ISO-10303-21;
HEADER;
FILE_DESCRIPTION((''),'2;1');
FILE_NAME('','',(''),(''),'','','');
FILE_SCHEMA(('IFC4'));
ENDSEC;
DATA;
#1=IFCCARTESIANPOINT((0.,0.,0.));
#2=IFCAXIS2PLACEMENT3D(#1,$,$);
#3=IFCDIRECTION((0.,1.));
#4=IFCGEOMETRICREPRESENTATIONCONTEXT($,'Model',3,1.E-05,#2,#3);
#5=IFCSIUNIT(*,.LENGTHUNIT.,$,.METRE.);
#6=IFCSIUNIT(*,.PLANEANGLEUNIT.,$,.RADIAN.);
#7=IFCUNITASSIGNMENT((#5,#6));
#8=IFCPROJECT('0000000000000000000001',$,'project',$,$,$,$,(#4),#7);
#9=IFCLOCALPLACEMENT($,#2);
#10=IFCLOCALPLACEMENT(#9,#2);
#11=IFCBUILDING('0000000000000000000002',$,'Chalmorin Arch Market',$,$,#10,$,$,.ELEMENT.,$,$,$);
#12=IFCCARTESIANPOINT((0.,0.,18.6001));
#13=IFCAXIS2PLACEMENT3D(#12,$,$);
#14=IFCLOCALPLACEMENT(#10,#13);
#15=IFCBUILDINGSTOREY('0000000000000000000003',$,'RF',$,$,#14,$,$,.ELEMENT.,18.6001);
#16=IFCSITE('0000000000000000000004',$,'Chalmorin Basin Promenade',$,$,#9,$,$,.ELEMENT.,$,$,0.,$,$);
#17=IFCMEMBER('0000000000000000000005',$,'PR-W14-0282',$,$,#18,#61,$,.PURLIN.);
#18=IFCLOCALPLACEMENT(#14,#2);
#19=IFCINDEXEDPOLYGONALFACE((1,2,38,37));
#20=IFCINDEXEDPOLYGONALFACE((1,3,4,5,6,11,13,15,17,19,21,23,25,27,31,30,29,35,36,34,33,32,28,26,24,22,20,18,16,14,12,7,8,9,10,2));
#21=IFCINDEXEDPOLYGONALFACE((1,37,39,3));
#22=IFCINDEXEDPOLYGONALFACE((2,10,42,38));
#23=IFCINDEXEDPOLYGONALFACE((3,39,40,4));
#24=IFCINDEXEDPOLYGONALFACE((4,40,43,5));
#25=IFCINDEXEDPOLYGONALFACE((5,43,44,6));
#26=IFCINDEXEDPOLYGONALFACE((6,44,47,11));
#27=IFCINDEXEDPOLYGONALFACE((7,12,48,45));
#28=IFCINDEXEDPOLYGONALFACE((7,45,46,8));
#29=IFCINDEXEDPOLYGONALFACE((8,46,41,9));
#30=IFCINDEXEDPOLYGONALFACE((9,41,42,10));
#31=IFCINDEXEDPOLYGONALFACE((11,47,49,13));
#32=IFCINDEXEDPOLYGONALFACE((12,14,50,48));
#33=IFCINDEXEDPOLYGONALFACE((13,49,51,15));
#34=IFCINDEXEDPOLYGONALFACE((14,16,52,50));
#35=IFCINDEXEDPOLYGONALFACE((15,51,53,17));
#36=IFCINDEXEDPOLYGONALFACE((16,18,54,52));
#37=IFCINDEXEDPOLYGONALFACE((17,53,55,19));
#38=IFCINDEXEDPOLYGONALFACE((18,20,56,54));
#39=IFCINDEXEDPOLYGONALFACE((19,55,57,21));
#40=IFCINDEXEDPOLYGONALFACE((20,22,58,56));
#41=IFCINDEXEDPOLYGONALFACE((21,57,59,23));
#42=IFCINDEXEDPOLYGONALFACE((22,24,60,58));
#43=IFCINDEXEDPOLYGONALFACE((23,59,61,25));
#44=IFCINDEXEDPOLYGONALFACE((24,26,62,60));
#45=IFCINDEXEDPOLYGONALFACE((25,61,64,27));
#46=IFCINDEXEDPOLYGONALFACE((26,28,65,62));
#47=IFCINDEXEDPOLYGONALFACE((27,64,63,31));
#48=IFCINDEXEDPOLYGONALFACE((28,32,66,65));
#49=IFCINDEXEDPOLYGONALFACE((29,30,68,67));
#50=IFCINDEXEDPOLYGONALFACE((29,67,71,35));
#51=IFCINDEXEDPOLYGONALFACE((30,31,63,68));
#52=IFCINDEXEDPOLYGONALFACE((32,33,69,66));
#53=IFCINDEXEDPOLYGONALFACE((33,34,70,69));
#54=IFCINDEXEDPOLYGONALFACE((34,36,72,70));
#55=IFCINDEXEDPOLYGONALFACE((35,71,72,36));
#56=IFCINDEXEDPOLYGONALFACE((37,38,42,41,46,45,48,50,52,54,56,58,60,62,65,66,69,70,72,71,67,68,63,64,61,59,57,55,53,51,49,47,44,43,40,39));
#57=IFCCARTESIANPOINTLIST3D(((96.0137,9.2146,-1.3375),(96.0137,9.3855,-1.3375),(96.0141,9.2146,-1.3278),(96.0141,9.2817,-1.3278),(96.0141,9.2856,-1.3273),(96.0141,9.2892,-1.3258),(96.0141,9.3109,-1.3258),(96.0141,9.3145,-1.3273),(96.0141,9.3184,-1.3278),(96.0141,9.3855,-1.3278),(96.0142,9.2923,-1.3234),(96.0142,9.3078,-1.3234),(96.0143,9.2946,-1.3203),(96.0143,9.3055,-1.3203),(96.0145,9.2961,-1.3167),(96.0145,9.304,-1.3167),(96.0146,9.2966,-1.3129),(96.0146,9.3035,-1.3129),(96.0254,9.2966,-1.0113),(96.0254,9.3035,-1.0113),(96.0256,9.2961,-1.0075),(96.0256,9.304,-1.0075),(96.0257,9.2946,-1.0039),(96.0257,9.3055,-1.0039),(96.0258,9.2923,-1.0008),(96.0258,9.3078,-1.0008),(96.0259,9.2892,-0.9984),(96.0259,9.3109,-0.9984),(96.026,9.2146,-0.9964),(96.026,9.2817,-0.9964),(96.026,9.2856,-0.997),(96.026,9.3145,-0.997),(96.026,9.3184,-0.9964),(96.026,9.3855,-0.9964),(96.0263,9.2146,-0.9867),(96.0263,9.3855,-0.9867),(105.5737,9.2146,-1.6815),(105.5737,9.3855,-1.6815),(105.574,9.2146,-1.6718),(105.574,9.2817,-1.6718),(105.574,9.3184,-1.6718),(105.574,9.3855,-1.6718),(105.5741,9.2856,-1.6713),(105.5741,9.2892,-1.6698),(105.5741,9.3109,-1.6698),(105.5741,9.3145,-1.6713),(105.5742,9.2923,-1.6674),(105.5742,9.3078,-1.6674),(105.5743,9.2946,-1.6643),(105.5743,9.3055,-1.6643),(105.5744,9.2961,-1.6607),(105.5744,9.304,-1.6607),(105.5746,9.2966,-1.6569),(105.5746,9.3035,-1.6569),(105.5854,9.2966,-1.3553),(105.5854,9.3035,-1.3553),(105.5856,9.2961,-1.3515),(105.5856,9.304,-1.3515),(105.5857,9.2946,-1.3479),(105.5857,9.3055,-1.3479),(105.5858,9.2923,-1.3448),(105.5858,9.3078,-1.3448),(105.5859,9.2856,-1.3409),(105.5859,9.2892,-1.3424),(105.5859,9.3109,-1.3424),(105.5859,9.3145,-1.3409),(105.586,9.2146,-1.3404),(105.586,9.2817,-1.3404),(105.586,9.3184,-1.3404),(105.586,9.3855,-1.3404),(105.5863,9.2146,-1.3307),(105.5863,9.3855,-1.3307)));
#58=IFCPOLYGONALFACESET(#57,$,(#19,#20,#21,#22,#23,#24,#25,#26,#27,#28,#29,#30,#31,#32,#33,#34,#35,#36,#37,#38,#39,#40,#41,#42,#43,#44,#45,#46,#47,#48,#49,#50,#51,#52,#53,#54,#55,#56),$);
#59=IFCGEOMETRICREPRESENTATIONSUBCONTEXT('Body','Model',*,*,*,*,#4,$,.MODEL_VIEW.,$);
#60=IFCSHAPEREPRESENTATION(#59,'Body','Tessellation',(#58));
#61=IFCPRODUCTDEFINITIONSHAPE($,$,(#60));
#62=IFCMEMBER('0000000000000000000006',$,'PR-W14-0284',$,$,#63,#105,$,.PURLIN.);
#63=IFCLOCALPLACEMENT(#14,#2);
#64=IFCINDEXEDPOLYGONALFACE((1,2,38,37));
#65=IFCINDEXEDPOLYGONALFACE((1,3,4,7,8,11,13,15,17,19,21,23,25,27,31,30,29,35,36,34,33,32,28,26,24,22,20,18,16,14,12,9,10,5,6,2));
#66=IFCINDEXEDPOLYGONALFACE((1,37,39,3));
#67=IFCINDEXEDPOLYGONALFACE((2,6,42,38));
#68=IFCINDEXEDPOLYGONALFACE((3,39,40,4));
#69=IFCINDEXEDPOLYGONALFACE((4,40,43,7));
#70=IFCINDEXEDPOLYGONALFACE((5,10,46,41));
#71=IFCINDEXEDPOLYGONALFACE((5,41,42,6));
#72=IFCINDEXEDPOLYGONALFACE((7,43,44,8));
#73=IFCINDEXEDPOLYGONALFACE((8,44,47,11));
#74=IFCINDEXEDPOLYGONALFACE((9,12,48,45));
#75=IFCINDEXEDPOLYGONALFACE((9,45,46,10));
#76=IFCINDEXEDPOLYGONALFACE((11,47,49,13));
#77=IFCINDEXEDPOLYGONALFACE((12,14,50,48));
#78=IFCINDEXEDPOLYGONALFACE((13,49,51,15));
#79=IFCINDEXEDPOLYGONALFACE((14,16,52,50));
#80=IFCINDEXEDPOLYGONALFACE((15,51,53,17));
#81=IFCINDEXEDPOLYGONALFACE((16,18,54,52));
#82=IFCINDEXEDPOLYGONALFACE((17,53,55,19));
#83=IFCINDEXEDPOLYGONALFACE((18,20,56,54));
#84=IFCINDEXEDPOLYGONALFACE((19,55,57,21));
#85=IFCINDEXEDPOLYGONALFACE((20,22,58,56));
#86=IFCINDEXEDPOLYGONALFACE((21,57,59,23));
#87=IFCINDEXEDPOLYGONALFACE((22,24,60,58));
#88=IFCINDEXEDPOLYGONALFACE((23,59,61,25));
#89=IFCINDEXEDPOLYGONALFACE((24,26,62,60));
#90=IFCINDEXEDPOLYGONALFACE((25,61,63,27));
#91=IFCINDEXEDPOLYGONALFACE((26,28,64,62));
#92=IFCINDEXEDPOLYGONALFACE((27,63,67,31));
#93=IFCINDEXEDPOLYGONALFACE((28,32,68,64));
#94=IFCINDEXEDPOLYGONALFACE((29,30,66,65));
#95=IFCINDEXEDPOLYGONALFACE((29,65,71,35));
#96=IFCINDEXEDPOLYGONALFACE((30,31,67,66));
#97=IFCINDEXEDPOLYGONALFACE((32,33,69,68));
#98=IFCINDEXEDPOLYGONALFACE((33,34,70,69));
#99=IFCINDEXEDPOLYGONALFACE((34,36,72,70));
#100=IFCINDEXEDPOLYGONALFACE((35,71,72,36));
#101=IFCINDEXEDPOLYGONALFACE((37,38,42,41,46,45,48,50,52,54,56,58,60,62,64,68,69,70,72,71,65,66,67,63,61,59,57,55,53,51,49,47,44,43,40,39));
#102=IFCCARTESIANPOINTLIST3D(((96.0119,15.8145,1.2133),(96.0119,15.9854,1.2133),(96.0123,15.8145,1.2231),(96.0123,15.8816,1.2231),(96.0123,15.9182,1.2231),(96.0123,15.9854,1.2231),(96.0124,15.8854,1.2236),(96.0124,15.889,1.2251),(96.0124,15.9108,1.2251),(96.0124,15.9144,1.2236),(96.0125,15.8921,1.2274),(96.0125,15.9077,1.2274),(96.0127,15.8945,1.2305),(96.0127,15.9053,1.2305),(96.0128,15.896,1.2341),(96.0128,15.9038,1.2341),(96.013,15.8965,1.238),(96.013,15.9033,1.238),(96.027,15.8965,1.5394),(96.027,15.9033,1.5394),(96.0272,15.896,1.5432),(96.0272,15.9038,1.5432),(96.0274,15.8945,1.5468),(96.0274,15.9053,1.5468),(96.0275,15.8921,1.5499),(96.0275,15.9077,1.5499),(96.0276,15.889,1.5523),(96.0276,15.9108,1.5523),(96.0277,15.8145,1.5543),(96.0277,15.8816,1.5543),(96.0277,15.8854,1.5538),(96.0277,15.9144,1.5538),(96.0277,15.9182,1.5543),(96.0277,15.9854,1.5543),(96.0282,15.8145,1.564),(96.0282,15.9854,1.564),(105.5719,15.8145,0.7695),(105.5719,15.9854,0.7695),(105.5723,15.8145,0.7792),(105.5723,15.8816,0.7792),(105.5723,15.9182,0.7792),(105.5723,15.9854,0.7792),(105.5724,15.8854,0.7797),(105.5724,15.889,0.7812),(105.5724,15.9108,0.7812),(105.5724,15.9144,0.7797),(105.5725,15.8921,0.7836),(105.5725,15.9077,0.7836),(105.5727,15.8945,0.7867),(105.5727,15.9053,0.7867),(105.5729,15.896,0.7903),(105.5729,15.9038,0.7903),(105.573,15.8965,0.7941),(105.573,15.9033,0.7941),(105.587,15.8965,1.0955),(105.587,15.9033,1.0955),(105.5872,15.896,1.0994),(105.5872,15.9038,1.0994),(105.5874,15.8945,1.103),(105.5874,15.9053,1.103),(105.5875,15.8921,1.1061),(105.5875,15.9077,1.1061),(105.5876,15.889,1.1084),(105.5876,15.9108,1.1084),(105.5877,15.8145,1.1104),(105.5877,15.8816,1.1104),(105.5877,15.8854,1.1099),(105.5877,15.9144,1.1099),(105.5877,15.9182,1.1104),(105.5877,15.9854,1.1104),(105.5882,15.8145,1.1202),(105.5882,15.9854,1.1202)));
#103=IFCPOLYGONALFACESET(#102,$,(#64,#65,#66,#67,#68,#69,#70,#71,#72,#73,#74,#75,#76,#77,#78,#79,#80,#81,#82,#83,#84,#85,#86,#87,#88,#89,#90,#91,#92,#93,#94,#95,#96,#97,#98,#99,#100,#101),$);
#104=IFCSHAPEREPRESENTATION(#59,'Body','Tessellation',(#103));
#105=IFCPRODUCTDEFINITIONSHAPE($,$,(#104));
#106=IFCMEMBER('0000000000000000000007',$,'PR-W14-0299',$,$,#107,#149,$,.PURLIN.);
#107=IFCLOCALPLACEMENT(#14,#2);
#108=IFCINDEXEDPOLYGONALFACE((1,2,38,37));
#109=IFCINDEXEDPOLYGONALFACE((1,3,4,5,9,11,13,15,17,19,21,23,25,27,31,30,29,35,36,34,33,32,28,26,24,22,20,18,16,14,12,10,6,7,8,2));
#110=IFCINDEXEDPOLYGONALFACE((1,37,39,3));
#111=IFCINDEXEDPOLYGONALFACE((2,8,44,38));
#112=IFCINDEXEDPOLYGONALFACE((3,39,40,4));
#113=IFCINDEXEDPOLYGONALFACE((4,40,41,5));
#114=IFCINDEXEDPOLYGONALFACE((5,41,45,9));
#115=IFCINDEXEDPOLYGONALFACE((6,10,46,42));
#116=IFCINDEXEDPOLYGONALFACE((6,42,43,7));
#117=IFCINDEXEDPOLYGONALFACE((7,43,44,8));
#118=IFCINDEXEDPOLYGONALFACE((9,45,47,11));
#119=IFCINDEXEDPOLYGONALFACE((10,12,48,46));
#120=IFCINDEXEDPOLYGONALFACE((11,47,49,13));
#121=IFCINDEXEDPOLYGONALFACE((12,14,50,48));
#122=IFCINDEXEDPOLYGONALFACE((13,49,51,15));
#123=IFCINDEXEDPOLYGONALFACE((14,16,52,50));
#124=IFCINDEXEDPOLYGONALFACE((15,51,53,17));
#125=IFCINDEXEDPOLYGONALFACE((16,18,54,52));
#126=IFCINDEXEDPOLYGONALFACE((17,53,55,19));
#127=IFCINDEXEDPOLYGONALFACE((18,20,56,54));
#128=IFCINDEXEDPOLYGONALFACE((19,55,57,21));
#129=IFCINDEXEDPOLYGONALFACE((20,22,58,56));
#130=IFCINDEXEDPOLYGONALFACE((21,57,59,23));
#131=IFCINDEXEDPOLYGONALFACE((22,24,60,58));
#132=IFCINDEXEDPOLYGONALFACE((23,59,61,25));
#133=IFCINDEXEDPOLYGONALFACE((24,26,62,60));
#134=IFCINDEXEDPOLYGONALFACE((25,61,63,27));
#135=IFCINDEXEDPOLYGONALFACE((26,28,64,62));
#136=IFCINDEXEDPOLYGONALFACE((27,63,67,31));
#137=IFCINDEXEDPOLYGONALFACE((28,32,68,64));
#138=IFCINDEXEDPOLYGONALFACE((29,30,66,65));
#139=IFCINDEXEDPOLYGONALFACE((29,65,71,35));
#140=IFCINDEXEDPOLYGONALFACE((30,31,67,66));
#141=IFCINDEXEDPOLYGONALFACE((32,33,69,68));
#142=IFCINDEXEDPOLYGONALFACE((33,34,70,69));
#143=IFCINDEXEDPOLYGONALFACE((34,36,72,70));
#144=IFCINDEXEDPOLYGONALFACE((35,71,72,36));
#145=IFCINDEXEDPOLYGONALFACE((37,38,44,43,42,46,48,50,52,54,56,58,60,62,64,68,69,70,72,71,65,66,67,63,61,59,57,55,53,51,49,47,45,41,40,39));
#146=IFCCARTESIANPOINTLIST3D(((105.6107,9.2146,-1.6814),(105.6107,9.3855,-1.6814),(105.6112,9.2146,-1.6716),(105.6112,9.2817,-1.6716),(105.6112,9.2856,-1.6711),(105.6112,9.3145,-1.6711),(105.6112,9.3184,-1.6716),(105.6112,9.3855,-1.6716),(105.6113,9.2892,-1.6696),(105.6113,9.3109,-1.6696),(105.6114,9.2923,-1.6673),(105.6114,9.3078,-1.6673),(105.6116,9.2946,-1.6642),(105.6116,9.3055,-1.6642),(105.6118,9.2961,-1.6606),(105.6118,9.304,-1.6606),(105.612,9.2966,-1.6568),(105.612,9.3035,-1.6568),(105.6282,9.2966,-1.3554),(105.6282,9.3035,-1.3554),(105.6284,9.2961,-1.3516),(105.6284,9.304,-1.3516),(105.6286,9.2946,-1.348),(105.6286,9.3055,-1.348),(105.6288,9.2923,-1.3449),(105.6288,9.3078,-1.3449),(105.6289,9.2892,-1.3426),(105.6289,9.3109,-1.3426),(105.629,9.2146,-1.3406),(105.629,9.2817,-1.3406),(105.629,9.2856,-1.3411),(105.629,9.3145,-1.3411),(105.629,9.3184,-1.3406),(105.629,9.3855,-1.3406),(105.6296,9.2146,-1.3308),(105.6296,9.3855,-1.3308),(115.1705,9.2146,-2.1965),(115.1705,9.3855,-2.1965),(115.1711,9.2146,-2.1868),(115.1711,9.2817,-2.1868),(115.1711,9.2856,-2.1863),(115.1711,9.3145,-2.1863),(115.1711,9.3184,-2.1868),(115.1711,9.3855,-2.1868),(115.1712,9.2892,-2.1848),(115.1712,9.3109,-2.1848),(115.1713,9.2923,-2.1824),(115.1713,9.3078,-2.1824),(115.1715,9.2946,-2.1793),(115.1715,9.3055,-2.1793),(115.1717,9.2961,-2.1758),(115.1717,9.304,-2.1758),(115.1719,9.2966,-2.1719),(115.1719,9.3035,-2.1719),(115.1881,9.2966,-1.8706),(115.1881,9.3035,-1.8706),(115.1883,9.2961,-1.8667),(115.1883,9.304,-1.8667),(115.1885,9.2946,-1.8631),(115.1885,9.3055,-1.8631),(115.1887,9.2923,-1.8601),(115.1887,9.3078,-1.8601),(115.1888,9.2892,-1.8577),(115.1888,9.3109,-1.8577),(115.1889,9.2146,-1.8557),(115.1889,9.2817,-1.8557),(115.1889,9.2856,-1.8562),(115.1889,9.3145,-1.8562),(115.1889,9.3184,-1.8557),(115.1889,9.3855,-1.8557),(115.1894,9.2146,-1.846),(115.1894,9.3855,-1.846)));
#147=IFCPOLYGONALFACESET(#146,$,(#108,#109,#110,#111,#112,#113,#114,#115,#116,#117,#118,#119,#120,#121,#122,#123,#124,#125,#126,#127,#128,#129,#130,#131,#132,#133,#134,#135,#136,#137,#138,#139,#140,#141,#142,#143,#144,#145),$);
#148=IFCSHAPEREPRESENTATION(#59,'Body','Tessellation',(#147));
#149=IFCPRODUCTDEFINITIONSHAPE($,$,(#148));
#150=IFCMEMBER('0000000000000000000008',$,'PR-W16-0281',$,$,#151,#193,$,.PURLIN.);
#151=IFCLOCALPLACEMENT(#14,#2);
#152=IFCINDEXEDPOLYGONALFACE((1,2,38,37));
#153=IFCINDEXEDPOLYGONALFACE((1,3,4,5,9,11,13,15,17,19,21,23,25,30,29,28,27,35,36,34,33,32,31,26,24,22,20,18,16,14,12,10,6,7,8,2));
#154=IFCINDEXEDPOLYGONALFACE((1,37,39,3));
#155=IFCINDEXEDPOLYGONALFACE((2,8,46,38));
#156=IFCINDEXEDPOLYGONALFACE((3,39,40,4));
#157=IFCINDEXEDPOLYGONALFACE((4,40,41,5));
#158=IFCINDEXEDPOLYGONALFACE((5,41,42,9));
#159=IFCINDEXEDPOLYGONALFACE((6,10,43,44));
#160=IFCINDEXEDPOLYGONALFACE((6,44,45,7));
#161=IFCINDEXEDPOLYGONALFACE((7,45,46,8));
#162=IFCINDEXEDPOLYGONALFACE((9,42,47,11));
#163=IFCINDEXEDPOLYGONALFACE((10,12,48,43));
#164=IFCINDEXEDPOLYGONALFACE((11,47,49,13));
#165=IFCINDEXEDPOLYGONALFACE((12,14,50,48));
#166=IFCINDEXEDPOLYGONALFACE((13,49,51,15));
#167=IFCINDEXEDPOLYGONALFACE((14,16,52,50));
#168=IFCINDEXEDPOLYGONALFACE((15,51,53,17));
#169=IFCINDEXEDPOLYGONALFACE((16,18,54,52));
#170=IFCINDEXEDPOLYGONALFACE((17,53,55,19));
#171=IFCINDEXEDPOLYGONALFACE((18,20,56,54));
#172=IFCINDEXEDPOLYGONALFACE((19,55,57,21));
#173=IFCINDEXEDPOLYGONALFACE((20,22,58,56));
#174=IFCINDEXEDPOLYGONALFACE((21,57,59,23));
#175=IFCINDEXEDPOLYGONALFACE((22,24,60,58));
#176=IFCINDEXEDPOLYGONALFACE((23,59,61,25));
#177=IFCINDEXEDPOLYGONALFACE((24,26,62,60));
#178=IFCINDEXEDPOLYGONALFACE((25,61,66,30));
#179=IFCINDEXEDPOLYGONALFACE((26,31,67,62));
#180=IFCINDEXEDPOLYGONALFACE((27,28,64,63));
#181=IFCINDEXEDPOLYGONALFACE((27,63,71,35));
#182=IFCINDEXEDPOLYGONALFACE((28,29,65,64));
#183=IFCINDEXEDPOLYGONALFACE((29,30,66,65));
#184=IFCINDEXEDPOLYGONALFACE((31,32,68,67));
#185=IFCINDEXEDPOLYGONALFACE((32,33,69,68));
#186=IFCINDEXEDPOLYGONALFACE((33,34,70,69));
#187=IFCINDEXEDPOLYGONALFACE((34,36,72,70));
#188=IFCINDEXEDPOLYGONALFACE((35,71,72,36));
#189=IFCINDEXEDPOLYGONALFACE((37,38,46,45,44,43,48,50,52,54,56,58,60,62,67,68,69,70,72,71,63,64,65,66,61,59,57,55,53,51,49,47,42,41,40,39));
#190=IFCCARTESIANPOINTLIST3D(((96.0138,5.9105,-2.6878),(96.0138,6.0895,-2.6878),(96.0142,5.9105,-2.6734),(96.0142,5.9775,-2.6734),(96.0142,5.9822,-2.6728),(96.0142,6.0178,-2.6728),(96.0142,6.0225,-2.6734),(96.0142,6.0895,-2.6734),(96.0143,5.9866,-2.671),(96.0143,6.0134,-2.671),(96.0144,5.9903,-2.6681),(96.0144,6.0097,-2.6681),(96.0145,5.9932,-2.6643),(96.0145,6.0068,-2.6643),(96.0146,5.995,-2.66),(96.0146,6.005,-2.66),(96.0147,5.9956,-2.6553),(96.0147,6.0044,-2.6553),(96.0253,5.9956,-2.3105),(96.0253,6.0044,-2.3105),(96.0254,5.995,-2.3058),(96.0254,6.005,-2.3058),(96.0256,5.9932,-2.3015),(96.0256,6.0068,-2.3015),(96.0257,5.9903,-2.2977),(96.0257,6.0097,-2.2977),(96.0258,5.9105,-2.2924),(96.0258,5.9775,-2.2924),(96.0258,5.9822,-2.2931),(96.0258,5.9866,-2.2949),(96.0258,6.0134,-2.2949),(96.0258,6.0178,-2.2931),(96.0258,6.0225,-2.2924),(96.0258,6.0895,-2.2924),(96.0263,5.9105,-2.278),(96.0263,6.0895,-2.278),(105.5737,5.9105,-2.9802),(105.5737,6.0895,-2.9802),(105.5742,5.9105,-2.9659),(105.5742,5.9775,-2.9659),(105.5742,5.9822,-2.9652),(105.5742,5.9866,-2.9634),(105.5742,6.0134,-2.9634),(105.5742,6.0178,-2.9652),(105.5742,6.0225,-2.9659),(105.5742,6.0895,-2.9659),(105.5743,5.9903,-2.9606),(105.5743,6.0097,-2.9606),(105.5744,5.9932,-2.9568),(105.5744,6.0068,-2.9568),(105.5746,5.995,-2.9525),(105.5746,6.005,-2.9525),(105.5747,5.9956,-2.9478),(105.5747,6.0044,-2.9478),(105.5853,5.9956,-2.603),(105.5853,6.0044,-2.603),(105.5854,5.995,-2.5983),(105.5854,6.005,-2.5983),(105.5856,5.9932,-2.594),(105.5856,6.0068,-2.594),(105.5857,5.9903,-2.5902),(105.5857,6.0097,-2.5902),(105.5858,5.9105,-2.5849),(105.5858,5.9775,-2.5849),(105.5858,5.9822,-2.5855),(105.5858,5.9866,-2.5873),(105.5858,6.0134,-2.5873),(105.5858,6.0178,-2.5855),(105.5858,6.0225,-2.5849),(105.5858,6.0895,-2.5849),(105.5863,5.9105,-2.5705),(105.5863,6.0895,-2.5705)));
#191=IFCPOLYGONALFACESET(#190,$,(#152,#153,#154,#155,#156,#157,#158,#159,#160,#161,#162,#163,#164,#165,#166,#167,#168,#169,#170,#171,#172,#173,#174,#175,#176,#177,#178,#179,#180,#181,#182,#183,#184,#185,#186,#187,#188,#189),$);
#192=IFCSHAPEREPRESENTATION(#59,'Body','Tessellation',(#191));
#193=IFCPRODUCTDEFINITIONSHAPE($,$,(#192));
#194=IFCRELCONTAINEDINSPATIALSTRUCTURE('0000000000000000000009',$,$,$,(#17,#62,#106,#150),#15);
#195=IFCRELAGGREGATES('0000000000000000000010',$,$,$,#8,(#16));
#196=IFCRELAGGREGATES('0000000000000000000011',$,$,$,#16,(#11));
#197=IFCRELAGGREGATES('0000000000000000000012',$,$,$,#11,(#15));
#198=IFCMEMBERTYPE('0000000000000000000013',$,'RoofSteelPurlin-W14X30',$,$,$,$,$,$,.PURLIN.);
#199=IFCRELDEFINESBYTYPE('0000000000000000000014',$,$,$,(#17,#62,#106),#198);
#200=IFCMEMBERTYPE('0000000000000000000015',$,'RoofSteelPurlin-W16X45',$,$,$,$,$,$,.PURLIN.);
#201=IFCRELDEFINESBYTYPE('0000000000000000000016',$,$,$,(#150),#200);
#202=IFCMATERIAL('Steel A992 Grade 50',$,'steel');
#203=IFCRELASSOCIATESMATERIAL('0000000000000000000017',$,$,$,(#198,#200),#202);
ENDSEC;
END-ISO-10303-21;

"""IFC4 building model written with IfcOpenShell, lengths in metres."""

from ifc_helpers import new_model, si_unit, direction, frame, origin, origin_2d, place, context, subcontext, project, spatial, i_section, extrude, material, material_profile, profile_set, type_object, element, save


model = new_model("IFC4")

# Units and contexts
model_context = context("Model", 3, precision=1e-05, world=origin(), true_north=direction((0.0, 1.0)))
body_context = subcontext(model_context, "Body", "Model", "MODEL_VIEW")
ifc_project = project(units=[si_unit("LENGTHUNIT", "METRE"), si_unit("PLANEANGLEUNIT", "RADIAN")], contexts=[model_context])

# Site, building, storey
site_placement = place(None, origin())
site = spatial("IfcSite", under=ifc_project, at=site_placement, Name="Chalmorin Basin Promenade", CompositionType="ELEMENT", RefElevation=0.0)
building_placement = place(site_placement, origin())
building = spatial("IfcBuilding", under=site, at=building_placement, Name="Chalmorin Arch Market", CompositionType="ELEMENT")
storey_placement = place(building_placement, frame((0.0, 0.0, 18.6001)))
storey = spatial("IfcBuildingStorey", under=building, at=storey_placement, Name="RF", CompositionType="ELEMENT", Elevation=18.6001)

# Members
ifc_material_1 = material(Name="Steel A992 Grade 50", Category="steel")
ifc_material_profile_1 = material_profile(ifc_material_1, i_section(OverallWidth=0.1709, OverallDepth=0.3511, WebThickness=0.0068, FlangeThickness=0.0098, FilletRadius=0.0149, at=origin_2d()), Name="W14X30")
ifc_profile_set_1 = profile_set([ifc_material_profile_1], Name="Steel A992 Grade 50")
member_type_1 = type_object("IfcMemberType", Name="RoofSteelPurlin-W14X30", PredefinedType="PURLIN", material=ifc_profile_set_1)
member_1_placement = place(storey_placement, frame((96.02, 9.3, -1.1621), z_axis=(0.999353, 0.0, -0.035959), x_axis=(0.0, 1.0, 0.0)))
element("IfcMember", 1, at=member_1_placement, inside=storey, type_object=member_type_1, Name="PR-W14-0282", PredefinedType="PURLIN", context=body_context, shape_type="SweptSolid", body=[
    extrude(i_section(OverallWidth=0.1709, OverallDepth=0.3511, WebThickness=0.0068, FlangeThickness=0.0098, FilletRadius=0.0149, at=origin_2d()), origin(), (0.0, 0.0, 1.0), 9.5662),
])
member_2_placement = place(storey_placement, frame((96.02, 15.8999, 1.3887), z_axis=(0.998924, 0.0, -0.046377), x_axis=(0.0, 1.0, 0.0)))
element("IfcMember", 2, at=member_2_placement, inside=storey, type_object=member_type_1, Name="PR-W14-0284", PredefinedType="PURLIN", context=body_context, shape_type="SweptSolid", body=[
    extrude(i_section(OverallWidth=0.1709, OverallDepth=0.3511, WebThickness=0.0068, FlangeThickness=0.0098, FilletRadius=0.0149, at=origin_2d()), origin(), (0.0, 0.0, 1.0), 9.5703),
])
member_3_placement = place(storey_placement, frame((105.6201, 9.3, -1.5061), z_axis=(0.998551, 0.0, -0.053808), x_axis=(0.0, 1.0, 0.0)))
element("IfcMember", 3, at=member_3_placement, inside=storey, type_object=member_type_1, Name="PR-W14-0299", PredefinedType="PURLIN", context=body_context, shape_type="SweptSolid", body=[
    extrude(i_section(OverallWidth=0.1709, OverallDepth=0.3511, WebThickness=0.0068, FlangeThickness=0.0098, FilletRadius=0.0149, at=origin_2d()), origin(), (0.0, 0.0, 1.0), 9.5737),
])
ifc_material_profile_2 = material_profile(ifc_material_1, i_section(OverallWidth=0.179, OverallDepth=0.4099, WebThickness=0.0088, FlangeThickness=0.0144, FilletRadius=0.0181, at=origin_2d()), Name="W16X45")
ifc_profile_set_2 = profile_set([ifc_material_profile_2], Name="Steel A992 Grade 50")
member_type_2 = type_object("IfcMemberType", Name="RoofSteelPurlin-W16X45", PredefinedType="PURLIN", material=ifc_profile_set_2)
member_4_placement = place(storey_placement, frame((96.02, 6.0, -2.4829), z_axis=(0.999532, 0.0, -0.03058), x_axis=(0.0, 1.0, 0.0)))
element("IfcMember", 4, at=member_4_placement, inside=storey, type_object=member_type_2, Name="PR-W16-0281", PredefinedType="PURLIN", context=body_context, shape_type="SweptSolid", body=[
    extrude(i_section(OverallWidth=0.179, OverallDepth=0.4099, WebThickness=0.0088, FlangeThickness=0.0144, FilletRadius=0.0181, at=origin_2d()), origin(), (0.0, 0.0, 1.0), 9.5645),
])

save(model, "model.ifc")
